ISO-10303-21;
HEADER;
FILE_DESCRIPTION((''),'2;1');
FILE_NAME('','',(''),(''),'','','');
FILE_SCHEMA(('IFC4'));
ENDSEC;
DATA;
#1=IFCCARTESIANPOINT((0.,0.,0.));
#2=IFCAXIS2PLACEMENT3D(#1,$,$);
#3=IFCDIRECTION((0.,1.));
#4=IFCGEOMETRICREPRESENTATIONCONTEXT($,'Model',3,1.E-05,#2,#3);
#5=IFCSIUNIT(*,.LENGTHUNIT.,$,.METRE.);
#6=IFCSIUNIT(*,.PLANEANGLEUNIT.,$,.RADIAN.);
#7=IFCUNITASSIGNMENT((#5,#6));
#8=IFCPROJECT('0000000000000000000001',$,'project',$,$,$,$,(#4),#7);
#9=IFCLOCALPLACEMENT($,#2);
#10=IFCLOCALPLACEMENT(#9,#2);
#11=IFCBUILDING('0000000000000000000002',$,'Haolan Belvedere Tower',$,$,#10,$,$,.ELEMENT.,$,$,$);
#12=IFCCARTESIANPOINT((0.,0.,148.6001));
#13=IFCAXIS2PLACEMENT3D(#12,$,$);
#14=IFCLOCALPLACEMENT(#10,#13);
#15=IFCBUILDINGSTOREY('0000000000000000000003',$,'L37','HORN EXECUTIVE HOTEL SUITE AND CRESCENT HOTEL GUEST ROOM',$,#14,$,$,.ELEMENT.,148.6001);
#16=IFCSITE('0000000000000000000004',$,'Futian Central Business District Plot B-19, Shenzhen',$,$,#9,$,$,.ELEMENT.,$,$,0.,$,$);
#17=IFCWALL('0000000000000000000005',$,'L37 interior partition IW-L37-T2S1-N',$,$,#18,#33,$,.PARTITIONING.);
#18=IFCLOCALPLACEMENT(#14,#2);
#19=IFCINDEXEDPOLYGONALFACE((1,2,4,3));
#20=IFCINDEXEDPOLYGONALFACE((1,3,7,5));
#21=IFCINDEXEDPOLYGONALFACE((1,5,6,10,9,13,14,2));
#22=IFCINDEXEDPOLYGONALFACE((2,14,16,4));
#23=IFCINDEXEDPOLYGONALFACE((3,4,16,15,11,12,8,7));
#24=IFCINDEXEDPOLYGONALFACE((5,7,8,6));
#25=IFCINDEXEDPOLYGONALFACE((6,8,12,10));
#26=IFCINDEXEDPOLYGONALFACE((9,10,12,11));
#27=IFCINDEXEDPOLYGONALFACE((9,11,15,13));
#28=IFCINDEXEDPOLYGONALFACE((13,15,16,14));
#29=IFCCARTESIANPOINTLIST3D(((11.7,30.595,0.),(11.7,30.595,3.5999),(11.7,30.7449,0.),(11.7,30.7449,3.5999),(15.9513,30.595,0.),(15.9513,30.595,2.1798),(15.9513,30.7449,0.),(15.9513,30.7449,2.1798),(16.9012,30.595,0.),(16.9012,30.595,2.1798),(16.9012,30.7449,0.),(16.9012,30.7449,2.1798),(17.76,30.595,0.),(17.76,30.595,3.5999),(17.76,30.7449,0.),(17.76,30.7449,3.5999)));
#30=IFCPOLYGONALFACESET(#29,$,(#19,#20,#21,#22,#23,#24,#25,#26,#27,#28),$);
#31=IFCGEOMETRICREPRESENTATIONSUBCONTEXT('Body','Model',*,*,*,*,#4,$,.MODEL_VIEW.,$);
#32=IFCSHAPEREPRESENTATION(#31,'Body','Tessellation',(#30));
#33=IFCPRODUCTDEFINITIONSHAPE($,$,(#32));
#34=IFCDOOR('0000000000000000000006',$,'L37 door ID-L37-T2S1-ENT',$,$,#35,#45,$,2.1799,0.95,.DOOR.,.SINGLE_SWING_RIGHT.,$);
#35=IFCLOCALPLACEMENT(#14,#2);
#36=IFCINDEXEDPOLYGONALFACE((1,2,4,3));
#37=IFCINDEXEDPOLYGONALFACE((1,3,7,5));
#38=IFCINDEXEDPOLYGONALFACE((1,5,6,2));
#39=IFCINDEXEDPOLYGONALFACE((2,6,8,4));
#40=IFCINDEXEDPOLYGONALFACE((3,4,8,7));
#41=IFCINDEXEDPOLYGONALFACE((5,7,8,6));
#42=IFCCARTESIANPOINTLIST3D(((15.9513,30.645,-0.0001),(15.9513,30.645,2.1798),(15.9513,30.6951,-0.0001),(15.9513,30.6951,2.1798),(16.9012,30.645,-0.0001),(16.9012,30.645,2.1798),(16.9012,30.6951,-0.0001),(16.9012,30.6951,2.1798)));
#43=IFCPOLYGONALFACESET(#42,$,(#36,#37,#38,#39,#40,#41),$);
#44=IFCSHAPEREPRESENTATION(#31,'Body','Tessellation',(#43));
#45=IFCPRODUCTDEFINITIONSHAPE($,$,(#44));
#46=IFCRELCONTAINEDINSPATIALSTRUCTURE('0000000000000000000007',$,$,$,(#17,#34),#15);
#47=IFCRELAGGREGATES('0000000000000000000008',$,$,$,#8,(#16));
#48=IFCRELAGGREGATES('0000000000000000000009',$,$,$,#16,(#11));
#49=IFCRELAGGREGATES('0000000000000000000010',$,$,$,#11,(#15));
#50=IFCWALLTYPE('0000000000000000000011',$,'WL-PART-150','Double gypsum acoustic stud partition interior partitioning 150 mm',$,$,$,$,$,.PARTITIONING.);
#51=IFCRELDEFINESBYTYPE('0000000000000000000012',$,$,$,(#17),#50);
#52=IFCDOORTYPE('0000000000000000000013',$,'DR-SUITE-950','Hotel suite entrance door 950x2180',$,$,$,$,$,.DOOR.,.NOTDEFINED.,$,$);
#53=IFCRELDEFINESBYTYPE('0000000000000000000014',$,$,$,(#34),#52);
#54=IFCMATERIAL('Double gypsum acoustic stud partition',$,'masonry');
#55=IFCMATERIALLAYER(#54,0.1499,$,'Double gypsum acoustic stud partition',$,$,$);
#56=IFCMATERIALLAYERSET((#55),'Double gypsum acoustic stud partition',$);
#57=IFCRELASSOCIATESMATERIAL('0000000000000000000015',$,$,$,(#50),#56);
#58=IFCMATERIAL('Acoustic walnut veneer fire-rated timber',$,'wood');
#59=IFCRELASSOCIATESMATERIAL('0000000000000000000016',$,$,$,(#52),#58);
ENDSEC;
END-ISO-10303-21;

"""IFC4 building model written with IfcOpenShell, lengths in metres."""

from ifc_helpers import new_model, si_unit, direction, frame, frame_2d, origin, place, context, subcontext, project, spatial, rectangle, extrude, material, layer, layer_set, type_object, element, fill, save


model = new_model("IFC4")

# Units and contexts
model_context = context("Model", 3, precision=1e-05, world=origin(), true_north=direction((0.0, 1.0)))
body_context = subcontext(model_context, "Body", "Model", "MODEL_VIEW")
ifc_project = project(units=[si_unit("LENGTHUNIT", "METRE"), si_unit("PLANEANGLEUNIT", "RADIAN")], contexts=[model_context])

# Site, building, storey
site_placement = place(None, origin())
site = spatial("IfcSite", under=ifc_project, at=site_placement, Name="Futian Central Business District Plot B-19, Shenzhen", CompositionType="ELEMENT", RefElevation=0.0)
building_placement = place(site_placement, origin())
building = spatial("IfcBuilding", under=site, at=building_placement, Name="Haolan Belvedere Tower", CompositionType="ELEMENT")
storey_placement = place(building_placement, frame((0.0, 0.0, 148.6001)))
storey = spatial("IfcBuildingStorey", under=building, at=storey_placement, Name="L37", Description="HORN EXECUTIVE HOTEL SUITE AND CRESCENT HOTEL GUEST ROOM", CompositionType="ELEMENT", Elevation=148.6001)

# Wall, opening, door
ifc_material_1 = material(Name="Double gypsum acoustic stud partition", Category="masonry")
ifc_layer_1 = layer(ifc_material_1, 0.1499, Name="Double gypsum acoustic stud partition")
ifc_layer_set_1 = layer_set([ifc_layer_1], Name="Double gypsum acoustic stud partition")
wall_type_1 = type_object("IfcWallType", Name="WL-PART-150", Description="Double gypsum acoustic stud partition interior partitioning 150 mm", PredefinedType="PARTITIONING", material=ifc_layer_set_1)
wall_1_placement = place(storey_placement, frame((11.7, 30.6699, 0.0), z_axis=(0.0, 0.0, 1.0), x_axis=(1.0, 0.0, 0.0)))
wall_1 = element("IfcWall", 1, at=wall_1_placement, inside=storey, type_object=wall_type_1, Name="L37 interior partition IW-L37-T2S1-N", PredefinedType="PARTITIONING", context=body_context, shape_type="SweptSolid", body=[
    extrude(rectangle(XDim=6.0601, YDim=0.1499, at=frame_2d((3.03, 0.0))), origin(), (0.0, 0.0, 1.0), 3.5999),
])
opening_1_placement = place(wall_1_placement, frame((5.2014, 0.0, 0.0), z_axis=(0.0, 0.0, 1.0), x_axis=(-1.0, 0.0, 0.0)))
opening_1 = element("IfcOpeningElement", 2, at=opening_1_placement, cuts=wall_1, PredefinedType="OPENING", context=body_context, shape_type="SweptSolid", body=[
    extrude(rectangle(XDim=0.95, YDim=2.1799, at=frame_2d((0.4751, 1.0898))), frame((0.0, 0.085, 0.0), z_axis=(0.0, -1.0, 0.0), x_axis=(1.0, 0.0, 0.0)), (0.0, 0.0, 1.0), 0.1699),
])
ifc_material_2 = material(Name="Acoustic walnut veneer fire-rated timber", Category="wood")
door_type_1 = type_object("IfcDoorType", Name="DR-SUITE-950", Description="Hotel suite entrance door 950x2180", OperationType="NOTDEFINED", PredefinedType="DOOR", material=ifc_material_2)
door_1_placement = place(opening_1_placement, origin())
door_1 = element("IfcDoor", 3, at=door_1_placement, inside=storey, type_object=door_type_1, Name="L37 door ID-L37-T2S1-ENT", OperationType="SINGLE_SWING_RIGHT", OverallHeight=2.1799, OverallWidth=0.95, PredefinedType="DOOR", context=body_context, shape_type="SweptSolid", body=[
    extrude(rectangle(XDim=0.95, YDim=2.1799, at=frame_2d((0.4751, 1.0898))), frame((0.0, 0.0249, 0.0), z_axis=(0.0, -1.0, 0.0), x_axis=(1.0, 0.0, 0.0)), (0.0, 0.0, 1.0), 0.05),
])
fill(opening_1, door_1)

save(model, "model.ifc")
